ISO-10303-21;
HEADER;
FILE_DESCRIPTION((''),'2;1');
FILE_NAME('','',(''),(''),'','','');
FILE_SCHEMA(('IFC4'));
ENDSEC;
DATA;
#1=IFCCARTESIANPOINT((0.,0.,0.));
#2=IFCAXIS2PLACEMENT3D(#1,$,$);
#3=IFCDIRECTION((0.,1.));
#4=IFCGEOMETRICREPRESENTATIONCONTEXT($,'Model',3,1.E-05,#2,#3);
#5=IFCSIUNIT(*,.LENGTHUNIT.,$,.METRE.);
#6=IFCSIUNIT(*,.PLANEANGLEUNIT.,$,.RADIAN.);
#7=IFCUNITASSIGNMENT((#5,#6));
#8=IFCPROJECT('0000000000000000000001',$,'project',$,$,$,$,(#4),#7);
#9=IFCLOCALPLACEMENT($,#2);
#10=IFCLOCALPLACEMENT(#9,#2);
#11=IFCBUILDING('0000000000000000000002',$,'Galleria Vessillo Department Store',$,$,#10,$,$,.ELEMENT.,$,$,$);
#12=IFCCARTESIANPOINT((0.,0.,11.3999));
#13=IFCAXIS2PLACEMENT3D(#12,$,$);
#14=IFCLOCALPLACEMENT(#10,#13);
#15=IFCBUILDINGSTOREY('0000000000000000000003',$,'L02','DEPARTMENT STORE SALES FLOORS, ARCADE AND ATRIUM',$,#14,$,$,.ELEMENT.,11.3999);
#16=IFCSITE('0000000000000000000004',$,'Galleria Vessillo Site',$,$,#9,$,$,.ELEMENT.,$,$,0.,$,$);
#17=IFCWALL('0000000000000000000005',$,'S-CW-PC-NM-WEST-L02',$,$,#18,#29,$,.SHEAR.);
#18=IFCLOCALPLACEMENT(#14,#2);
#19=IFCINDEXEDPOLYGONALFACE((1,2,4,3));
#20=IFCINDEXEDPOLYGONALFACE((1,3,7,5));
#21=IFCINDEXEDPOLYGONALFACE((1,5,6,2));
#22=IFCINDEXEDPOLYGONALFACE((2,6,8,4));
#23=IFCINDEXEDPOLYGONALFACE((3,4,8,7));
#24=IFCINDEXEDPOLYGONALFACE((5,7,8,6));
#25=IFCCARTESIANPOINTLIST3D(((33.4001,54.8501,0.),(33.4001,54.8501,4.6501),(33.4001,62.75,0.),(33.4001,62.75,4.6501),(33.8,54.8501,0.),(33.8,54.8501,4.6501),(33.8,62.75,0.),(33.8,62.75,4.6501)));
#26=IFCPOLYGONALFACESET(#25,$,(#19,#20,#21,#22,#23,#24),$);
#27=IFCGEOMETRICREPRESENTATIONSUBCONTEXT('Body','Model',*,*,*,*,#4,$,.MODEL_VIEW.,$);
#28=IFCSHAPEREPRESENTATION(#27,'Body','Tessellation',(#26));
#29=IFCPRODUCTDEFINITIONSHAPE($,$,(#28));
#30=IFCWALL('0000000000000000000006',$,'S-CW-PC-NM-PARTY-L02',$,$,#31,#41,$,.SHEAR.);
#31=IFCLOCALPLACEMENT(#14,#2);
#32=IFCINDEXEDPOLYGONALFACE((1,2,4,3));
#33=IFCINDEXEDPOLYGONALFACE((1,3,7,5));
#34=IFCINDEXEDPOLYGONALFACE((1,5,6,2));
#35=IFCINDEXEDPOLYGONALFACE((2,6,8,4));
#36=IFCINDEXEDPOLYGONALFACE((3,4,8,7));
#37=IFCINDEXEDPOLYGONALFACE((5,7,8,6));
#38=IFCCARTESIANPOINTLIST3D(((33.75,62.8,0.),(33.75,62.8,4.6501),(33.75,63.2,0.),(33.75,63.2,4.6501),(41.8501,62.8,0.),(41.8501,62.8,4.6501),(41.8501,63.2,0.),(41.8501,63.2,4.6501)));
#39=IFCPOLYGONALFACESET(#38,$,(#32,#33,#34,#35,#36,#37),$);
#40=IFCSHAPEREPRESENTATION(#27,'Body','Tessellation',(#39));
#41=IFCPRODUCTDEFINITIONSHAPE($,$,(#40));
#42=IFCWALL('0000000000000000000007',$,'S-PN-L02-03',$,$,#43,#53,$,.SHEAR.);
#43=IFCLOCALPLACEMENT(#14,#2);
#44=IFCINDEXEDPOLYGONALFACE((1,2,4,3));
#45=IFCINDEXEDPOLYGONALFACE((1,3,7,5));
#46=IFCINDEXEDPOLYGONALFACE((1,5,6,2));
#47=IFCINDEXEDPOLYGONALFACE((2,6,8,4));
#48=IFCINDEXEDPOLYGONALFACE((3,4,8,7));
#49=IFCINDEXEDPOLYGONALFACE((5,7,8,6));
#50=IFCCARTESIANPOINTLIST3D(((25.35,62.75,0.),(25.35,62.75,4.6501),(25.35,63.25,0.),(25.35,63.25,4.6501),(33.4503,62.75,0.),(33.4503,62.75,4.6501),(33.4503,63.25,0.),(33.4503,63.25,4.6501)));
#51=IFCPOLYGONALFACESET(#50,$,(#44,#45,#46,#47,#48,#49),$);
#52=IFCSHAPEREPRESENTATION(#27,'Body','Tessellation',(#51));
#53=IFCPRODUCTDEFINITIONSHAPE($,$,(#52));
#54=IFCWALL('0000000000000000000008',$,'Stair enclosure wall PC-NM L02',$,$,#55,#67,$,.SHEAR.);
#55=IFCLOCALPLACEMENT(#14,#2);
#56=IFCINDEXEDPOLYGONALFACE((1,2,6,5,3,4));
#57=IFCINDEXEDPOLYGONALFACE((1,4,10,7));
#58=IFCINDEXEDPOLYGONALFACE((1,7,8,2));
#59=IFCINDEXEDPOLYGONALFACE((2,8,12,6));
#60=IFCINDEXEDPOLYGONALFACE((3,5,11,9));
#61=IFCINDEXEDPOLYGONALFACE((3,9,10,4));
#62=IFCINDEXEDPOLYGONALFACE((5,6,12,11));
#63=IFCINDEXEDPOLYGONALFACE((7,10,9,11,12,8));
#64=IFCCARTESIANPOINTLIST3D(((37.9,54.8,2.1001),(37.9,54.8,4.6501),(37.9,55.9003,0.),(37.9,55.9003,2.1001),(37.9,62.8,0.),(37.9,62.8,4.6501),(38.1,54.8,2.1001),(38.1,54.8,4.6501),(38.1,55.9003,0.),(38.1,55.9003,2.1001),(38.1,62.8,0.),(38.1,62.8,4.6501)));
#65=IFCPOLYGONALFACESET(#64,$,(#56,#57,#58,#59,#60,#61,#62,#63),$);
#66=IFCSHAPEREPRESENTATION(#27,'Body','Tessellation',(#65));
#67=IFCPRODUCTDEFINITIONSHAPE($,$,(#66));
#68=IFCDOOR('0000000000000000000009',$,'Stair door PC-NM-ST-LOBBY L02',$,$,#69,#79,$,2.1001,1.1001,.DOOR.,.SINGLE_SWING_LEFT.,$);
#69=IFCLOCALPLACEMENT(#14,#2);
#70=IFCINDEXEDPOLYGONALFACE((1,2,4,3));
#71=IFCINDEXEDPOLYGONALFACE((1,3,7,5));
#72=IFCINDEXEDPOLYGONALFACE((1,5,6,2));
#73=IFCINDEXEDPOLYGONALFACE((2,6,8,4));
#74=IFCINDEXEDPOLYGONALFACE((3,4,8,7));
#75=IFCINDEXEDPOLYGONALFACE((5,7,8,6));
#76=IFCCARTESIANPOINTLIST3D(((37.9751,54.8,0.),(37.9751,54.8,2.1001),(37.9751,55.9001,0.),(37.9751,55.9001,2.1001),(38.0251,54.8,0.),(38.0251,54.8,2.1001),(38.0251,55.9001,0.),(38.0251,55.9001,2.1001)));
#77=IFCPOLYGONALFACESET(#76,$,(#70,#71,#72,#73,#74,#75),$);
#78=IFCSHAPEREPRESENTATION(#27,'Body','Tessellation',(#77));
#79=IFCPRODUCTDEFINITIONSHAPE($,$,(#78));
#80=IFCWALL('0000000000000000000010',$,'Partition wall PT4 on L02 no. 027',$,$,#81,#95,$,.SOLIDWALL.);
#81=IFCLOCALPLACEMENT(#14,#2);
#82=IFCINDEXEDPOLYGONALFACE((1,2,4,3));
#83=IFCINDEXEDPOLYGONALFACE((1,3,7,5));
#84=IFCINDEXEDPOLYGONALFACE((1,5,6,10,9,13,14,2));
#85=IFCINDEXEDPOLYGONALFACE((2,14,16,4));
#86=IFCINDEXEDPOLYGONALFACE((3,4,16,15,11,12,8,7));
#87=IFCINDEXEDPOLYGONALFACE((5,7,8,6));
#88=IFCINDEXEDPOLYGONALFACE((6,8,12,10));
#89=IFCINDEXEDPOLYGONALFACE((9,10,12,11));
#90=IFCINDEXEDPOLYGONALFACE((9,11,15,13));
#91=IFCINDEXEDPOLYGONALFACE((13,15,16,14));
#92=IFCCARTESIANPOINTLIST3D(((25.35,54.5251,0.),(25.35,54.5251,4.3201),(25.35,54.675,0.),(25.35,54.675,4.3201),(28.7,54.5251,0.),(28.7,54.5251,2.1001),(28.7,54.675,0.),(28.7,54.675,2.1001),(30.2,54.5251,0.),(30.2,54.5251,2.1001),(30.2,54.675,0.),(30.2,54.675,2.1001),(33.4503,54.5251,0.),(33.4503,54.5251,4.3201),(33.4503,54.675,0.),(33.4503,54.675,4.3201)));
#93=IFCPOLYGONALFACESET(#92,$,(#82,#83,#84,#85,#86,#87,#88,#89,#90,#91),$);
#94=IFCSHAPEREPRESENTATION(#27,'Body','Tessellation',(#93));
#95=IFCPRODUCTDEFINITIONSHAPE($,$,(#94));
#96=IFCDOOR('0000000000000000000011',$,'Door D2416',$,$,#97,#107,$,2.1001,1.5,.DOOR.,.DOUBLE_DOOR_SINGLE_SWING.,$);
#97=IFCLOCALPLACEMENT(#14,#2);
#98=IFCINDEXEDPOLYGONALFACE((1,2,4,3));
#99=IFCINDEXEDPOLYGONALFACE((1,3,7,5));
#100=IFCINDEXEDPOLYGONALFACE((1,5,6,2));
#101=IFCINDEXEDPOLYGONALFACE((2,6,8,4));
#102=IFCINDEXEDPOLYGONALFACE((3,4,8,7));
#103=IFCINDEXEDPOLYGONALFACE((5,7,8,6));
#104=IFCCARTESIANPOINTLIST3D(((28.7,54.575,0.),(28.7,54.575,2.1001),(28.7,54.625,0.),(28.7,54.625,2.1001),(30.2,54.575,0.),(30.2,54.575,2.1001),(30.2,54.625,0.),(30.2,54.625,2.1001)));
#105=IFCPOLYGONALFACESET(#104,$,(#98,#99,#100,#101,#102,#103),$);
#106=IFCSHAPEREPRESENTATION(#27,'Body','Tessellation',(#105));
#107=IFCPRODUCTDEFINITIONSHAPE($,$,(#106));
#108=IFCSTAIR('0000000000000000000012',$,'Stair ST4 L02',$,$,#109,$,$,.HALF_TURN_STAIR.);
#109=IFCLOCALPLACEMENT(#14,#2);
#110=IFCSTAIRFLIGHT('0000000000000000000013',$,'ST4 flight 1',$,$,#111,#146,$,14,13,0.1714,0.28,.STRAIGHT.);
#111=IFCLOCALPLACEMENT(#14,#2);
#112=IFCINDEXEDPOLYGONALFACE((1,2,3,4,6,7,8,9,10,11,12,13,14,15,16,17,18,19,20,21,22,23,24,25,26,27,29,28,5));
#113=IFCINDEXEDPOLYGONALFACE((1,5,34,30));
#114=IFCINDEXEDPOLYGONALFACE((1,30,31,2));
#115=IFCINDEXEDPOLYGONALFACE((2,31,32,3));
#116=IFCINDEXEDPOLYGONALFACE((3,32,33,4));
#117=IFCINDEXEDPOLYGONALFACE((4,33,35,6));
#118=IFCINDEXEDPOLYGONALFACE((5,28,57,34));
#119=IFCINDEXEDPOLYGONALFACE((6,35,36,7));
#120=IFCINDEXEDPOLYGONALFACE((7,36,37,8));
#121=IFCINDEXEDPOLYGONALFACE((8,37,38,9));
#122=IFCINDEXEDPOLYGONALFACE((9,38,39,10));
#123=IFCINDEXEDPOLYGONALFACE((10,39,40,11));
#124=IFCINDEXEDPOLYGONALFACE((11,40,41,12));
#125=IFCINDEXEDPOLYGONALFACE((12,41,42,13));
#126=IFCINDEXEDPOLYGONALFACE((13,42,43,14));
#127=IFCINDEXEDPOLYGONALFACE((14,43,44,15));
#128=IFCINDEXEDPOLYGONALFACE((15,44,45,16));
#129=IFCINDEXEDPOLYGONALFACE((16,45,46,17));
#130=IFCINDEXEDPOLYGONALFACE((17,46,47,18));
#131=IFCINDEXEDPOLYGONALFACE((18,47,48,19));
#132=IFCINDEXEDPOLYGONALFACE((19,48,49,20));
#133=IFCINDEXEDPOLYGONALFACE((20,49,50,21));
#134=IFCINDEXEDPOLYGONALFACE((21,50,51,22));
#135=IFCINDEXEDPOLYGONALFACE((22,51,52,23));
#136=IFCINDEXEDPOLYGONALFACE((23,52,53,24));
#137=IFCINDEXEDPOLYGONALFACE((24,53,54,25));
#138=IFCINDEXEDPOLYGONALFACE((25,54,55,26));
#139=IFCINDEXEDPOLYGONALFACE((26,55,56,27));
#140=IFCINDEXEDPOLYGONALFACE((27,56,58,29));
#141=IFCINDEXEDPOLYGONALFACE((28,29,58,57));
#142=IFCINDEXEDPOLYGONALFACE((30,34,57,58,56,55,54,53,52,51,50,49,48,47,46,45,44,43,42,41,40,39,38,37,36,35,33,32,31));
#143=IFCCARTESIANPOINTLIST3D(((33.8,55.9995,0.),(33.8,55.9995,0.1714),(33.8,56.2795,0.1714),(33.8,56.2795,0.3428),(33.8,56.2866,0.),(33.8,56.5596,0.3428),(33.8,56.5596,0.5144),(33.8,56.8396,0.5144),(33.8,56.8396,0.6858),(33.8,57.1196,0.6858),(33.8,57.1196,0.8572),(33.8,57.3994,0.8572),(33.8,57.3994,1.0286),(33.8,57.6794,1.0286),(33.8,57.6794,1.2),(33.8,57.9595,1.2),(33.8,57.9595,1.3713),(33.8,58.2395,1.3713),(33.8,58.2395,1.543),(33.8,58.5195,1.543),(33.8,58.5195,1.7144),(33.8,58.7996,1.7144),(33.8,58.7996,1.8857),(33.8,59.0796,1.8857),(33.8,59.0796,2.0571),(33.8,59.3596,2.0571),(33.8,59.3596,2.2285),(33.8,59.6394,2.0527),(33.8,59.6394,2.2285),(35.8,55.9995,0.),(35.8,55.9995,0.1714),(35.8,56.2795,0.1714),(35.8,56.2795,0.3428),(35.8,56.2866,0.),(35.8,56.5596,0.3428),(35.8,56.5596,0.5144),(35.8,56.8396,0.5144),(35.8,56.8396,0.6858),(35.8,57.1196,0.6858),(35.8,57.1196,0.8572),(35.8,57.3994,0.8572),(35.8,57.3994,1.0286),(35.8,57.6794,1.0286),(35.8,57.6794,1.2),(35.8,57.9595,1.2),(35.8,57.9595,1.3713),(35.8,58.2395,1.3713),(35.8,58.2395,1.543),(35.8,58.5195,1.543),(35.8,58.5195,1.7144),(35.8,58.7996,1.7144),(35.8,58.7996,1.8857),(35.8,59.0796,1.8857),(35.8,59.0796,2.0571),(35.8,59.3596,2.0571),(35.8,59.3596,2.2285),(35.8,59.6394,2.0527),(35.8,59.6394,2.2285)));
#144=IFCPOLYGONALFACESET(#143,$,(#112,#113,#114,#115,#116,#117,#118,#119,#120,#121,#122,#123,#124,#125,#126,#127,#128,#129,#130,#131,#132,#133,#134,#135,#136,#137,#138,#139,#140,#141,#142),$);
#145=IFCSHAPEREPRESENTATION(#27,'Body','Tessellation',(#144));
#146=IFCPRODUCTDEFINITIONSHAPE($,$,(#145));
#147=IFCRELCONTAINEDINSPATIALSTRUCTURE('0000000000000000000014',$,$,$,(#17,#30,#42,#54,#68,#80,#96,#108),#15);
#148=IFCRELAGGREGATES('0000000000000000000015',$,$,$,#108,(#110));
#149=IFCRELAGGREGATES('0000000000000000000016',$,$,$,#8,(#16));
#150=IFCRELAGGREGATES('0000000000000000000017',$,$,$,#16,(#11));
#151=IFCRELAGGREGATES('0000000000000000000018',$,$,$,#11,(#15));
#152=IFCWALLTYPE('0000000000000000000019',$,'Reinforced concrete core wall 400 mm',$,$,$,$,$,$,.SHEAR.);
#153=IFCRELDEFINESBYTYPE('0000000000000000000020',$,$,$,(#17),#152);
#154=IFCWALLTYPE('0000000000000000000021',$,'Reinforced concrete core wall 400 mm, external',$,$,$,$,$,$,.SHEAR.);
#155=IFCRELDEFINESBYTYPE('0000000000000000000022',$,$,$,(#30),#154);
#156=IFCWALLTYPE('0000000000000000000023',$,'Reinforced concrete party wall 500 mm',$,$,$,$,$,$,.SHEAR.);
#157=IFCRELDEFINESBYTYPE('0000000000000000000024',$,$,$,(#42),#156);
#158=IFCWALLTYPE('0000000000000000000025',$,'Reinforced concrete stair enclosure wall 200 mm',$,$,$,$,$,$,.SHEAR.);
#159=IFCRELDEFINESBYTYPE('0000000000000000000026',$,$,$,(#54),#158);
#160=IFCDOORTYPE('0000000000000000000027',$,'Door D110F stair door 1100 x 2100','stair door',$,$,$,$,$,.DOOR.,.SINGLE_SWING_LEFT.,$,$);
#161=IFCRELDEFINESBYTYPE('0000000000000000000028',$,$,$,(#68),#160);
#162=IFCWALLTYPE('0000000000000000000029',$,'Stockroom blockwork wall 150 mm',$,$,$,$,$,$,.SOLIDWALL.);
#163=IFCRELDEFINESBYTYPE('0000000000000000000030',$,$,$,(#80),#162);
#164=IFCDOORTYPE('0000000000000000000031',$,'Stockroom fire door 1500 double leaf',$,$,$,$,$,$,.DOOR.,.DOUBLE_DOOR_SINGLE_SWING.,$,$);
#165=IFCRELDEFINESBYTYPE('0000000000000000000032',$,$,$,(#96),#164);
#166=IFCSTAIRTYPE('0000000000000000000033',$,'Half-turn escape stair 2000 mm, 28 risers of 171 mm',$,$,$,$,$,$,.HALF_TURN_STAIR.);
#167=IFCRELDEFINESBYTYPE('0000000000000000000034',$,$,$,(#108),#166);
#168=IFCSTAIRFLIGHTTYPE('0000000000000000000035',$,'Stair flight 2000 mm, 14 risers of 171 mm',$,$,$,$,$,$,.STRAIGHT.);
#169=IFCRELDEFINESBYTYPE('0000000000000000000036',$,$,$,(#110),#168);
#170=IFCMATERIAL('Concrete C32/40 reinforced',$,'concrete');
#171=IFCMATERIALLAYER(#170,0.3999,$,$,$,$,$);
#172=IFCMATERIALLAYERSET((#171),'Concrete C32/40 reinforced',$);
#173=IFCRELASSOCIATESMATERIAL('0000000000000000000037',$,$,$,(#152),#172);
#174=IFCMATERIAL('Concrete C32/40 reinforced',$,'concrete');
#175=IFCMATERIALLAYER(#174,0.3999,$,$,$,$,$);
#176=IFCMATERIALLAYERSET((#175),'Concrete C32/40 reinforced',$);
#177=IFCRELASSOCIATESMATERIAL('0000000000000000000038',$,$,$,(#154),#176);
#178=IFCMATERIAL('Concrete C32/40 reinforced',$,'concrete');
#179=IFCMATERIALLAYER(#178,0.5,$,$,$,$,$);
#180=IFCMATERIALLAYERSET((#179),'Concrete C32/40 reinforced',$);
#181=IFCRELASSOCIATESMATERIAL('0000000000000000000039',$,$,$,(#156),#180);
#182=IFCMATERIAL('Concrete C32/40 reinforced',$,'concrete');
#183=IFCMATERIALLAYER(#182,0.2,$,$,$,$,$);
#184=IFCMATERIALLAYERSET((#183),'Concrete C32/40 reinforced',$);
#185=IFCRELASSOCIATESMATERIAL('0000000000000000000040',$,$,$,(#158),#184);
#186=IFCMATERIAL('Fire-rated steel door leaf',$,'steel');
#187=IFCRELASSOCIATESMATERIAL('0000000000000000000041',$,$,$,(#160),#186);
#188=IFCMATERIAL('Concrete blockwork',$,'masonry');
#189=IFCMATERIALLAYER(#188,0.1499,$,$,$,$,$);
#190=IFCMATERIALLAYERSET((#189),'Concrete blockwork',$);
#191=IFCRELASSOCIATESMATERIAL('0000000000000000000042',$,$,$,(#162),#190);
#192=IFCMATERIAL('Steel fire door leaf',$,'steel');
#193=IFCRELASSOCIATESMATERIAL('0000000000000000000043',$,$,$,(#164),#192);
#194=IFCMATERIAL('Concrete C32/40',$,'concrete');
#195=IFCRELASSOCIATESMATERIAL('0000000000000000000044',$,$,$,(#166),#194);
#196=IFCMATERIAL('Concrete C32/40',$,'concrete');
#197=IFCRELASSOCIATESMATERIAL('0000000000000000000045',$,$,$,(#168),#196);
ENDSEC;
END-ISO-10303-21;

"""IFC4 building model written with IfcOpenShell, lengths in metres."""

from ifc_helpers import new_model, si_unit, direction, frame, frame_2d, origin, place, context, subcontext, project, spatial, polyline, rectangle, outline, extrude, material, layer, layer_set, type_object, element, fill, aggregate, save


model = new_model("IFC4")

# Units and contexts
model_context = context("Model", 3, precision=1e-05, world=origin(), true_north=direction((0.0, 1.0)))
body_context = subcontext(model_context, "Body", "Model", "MODEL_VIEW")
ifc_project = project(units=[si_unit("LENGTHUNIT", "METRE"), si_unit("PLANEANGLEUNIT", "RADIAN")], contexts=[model_context])

# Site, building, storey
site_placement = place(None, origin())
site = spatial("IfcSite", under=ifc_project, at=site_placement, Name="Galleria Vessillo Site", CompositionType="ELEMENT", RefElevation=0.0)
building_placement = place(site_placement, origin())
building = spatial("IfcBuilding", under=site, at=building_placement, Name="Galleria Vessillo Department Store", CompositionType="ELEMENT")
storey_placement = place(building_placement, frame((0.0, 0.0, 11.3999)))
storey = spatial("IfcBuildingStorey", under=building, at=storey_placement, Name="L02", Description="DEPARTMENT STORE SALES FLOORS, ARCADE AND ATRIUM", CompositionType="ELEMENT", Elevation=11.3999)

# Shared definitions
ifc_material_1 = material(Name="Concrete C32/40 reinforced", Category="concrete")
ifc_layer_1 = layer(ifc_material_1, 0.3999)
ifc_layer_set_1 = layer_set([ifc_layer_1], Name="Concrete C32/40 reinforced")
wall_type_1 = type_object("IfcWallType", Name="Reinforced concrete core wall 400 mm", PredefinedType="SHEAR", material=ifc_layer_set_1)

# Walls
wall_1_placement = place(storey_placement, frame((33.6001, 54.8501, 0.0), z_axis=(0.0, 0.0, 1.0), x_axis=(0.0, 1.0, 0.0)))
element("IfcWall", 1, at=wall_1_placement, inside=storey, type_object=wall_type_1, Name="S-CW-PC-NM-WEST-L02", PredefinedType="SHEAR", context=body_context, shape_type="SweptSolid", body=[
    extrude(rectangle(XDim=7.8999, YDim=0.3999, at=frame_2d((3.95, 0.0))), origin(), (0.0, 0.0, 1.0), 4.6501),
])
ifc_material_2 = material(Name="Concrete C32/40 reinforced", Category="concrete")
ifc_layer_2 = layer(ifc_material_2, 0.3999)
ifc_layer_set_2 = layer_set([ifc_layer_2], Name="Concrete C32/40 reinforced")
wall_type_2 = type_object("IfcWallType", Name="Reinforced concrete core wall 400 mm, external", PredefinedType="SHEAR", material=ifc_layer_set_2)
wall_2_placement = place(storey_placement, frame((33.75, 63.0, 0.0), z_axis=(0.0, 0.0, 1.0), x_axis=(1.0, 0.0, 0.0)))
element("IfcWall", 2, at=wall_2_placement, inside=storey, type_object=wall_type_2, Name="S-CW-PC-NM-PARTY-L02", PredefinedType="SHEAR", context=body_context, shape_type="SweptSolid", body=[
    extrude(rectangle(XDim=8.1001, YDim=0.3999, at=frame_2d((4.05, 0.0))), origin(), (0.0, 0.0, 1.0), 4.6501),
])
ifc_material_3 = material(Name="Concrete C32/40 reinforced", Category="concrete")
ifc_layer_3 = layer(ifc_material_3, 0.5)
ifc_layer_set_3 = layer_set([ifc_layer_3], Name="Concrete C32/40 reinforced")
wall_type_3 = type_object("IfcWallType", Name="Reinforced concrete party wall 500 mm", PredefinedType="SHEAR", material=ifc_layer_set_3)
wall_3_placement = place(storey_placement, frame((25.3499, 63.0, 0.0), z_axis=(0.0, 0.0, 1.0), x_axis=(1.0, 0.0, 0.0)))
element("IfcWall", 3, at=wall_3_placement, inside=storey, type_object=wall_type_3, Name="S-PN-L02-03", PredefinedType="SHEAR", context=body_context, shape_type="SweptSolid", body=[
    extrude(rectangle(XDim=8.1003, YDim=0.5, at=frame_2d((4.0503, 0.0))), origin(), (0.0, 0.0, 1.0), 4.6501),
])

# Walls, openings, doors
ifc_material_4 = material(Name="Concrete C32/40 reinforced", Category="concrete")
ifc_layer_4 = layer(ifc_material_4, 0.2)
ifc_layer_set_4 = layer_set([ifc_layer_4], Name="Concrete C32/40 reinforced")
wall_type_4 = type_object("IfcWallType", Name="Reinforced concrete stair enclosure wall 200 mm", PredefinedType="SHEAR", material=ifc_layer_set_4)
wall_4_placement = place(storey_placement, frame((38.0, 62.8, 0.0), z_axis=(0.0, 0.0, 1.0), x_axis=(0.0, -1.0, 0.0)))
wall_4 = element("IfcWall", 4, at=wall_4_placement, inside=storey, type_object=wall_type_4, Name="Stair enclosure wall PC-NM L02", PredefinedType="SHEAR", context=body_context, shape_type="SweptSolid", body=[
    extrude(rectangle(XDim=8.0, YDim=0.2, at=frame_2d((4.0, 0.0))), origin(), (0.0, 0.0, 1.0), 4.6501),
])
opening_1_placement = place(wall_4_placement, frame((6.8999, 0.0, 0.0)))
opening_1 = element("IfcOpeningElement", 5, at=opening_1_placement, cuts=wall_4, PredefinedType="OPENING", context=body_context, shape_type="SweptSolid", body=[
    extrude(rectangle(XDim=1.1101, YDim=2.1001, at=frame_2d((0.5549, 1.05))), frame((0.0, 0.1099, 0.0), z_axis=(0.0, -1.0, 0.0), x_axis=(1.0, 0.0, 0.0)), (0.0, 0.0, 1.0), 0.22),
])
ifc_material_5 = material(Name="Fire-rated steel door leaf", Category="steel")
door_type_1 = type_object("IfcDoorType", Name="Door D110F stair door 1100 x 2100", Description="stair door", OperationType="SINGLE_SWING_LEFT", PredefinedType="DOOR", material=ifc_material_5)
door_1_placement = place(opening_1_placement, frame((1.1001, 0.0, 0.0), z_axis=(0.0, 0.0, 1.0), x_axis=(-1.0, 0.0, 0.0)))
door_1 = element("IfcDoor", 6, at=door_1_placement, inside=storey, type_object=door_type_1, Name="Stair door PC-NM-ST-LOBBY L02", OperationType="SINGLE_SWING_LEFT", OverallHeight=2.1001, OverallWidth=1.1001, PredefinedType="DOOR", context=body_context, shape_type="SweptSolid", body=[
    extrude(rectangle(XDim=1.1001, YDim=2.1001, at=frame_2d((0.55, 1.05))), frame((0.0, 0.0249, 0.0), z_axis=(0.0, -1.0, 0.0), x_axis=(1.0, 0.0, 0.0)), (0.0, 0.0, 1.0), 0.05),
])
fill(opening_1, door_1)
ifc_material_6 = material(Name="Concrete blockwork", Category="masonry")
ifc_layer_5 = layer(ifc_material_6, 0.1499)
ifc_layer_set_5 = layer_set([ifc_layer_5], Name="Concrete blockwork")
wall_type_5 = type_object("IfcWallType", Name="Stockroom blockwork wall 150 mm", PredefinedType="SOLIDWALL", material=ifc_layer_set_5)
wall_5_placement = place(storey_placement, frame((25.3499, 54.6001, 0.0), z_axis=(0.0, 0.0, 1.0), x_axis=(1.0, 0.0, 0.0)))
wall_5 = element("IfcWall", 7, at=wall_5_placement, inside=storey, type_object=wall_type_5, Name="Partition wall PT4 on L02 no. 027", PredefinedType="SOLIDWALL", context=body_context, shape_type="SweptSolid", body=[
    extrude(rectangle(XDim=8.1003, YDim=0.1499, at=frame_2d((4.0503, 0.0))), origin(), (0.0, 0.0, 1.0), 4.3201),
])
opening_2_placement = place(wall_5_placement, frame((3.3501, 0.0, 0.0)))
opening_2 = element("IfcOpeningElement", 8, at=opening_2_placement, cuts=wall_5, PredefinedType="OPENING", context=body_context, shape_type="SweptSolid", body=[
    extrude(rectangle(XDim=1.5, YDim=2.1001, at=frame_2d((0.75, 1.05))), frame((0.0, 0.085, 0.0), z_axis=(0.0, -1.0, 0.0), x_axis=(1.0, 0.0, 0.0)), (0.0, 0.0, 1.0), 0.1699),
])
ifc_material_7 = material(Name="Steel fire door leaf", Category="steel")
door_type_2 = type_object("IfcDoorType", Name="Stockroom fire door 1500 double leaf", OperationType="DOUBLE_DOOR_SINGLE_SWING", PredefinedType="DOOR", material=ifc_material_7)
door_2_placement = place(opening_2_placement, origin())
door_2 = element("IfcDoor", 9, at=door_2_placement, inside=storey, type_object=door_type_2, Name="Door D2416", OperationType="DOUBLE_DOOR_SINGLE_SWING", OverallHeight=2.1001, OverallWidth=1.5, PredefinedType="DOOR", context=body_context, shape_type="SweptSolid", body=[
    extrude(rectangle(XDim=1.5, YDim=2.1001, at=frame_2d((0.75, 1.05))), frame((0.0, 0.0249, 0.0), z_axis=(0.0, -1.0, 0.0), x_axis=(1.0, 0.0, 0.0)), (0.0, 0.0, 1.0), 0.05),
])
fill(opening_2, door_2)

# Stair, stair flight
ifc_material_8 = material(Name="Concrete C32/40", Category="concrete")
stair_type = type_object("IfcStairType", Name="Half-turn escape stair 2000 mm, 28 risers of 171 mm", PredefinedType="HALF_TURN_STAIR", material=ifc_material_8)
stair_placement = place(storey_placement, origin())
stair = element("IfcStair", 10, at=stair_placement, inside=storey, type_object=stair_type, Name="Stair ST4 L02", PredefinedType="HALF_TURN_STAIR")
ifc_material_9 = material(Name="Concrete C32/40", Category="concrete")
stair_flight_type = type_object("IfcStairFlightType", Name="Stair flight 2000 mm, 14 risers of 171 mm", PredefinedType="STRAIGHT", material=ifc_material_9)
stair_flight_1_placement = place(storey_placement, frame((34.8, 55.9995, 0.0), z_axis=(0.0, 0.0, 1.0), x_axis=(0.0, 1.0, 0.0)))
stair_flight_1 = element("IfcStairFlight", 11, at=stair_flight_1_placement, type_object=stair_flight_type, Name="ST4 flight 1", NumberOfRisers=14, NumberOfTreads=13, PredefinedType="STRAIGHT", RiserHeight=0.1714, TreadLength=0.28, context=body_context, shape_type="SweptSolid", body=[
    extrude(outline(polyline([(0.0, 0.0), (0.0, 0.1714), (0.28, 0.1714), (0.28, 0.3428), (0.5601, 0.3428), (0.5601, 0.5144), (0.8401, 0.5144), (0.8401, 0.6858), (1.1201, 0.6858), (1.1201, 0.8572), (1.3999, 0.8572), (1.3999, 1.0286), (1.6799, 1.0286), (1.6799, 1.2), (1.96, 1.2), (1.96, 1.3713), (2.24, 1.3713), (2.24, 1.543), (2.52, 1.543), (2.52, 1.7144), (2.8, 1.7144), (2.8, 1.8857), (3.0801, 1.8857), (3.0801, 2.0571), (3.3601, 2.0571), (3.3601, 2.2285), (3.6399, 2.2285), (3.6399, 2.3999), (3.6399, 2.0527), (0.2871, 0.0), (0.0, 0.0)])), frame((0.0, 1.0, 0.0), z_axis=(0.0, -1.0, 0.0), x_axis=(1.0, 0.0, 0.0)), (0.0, 0.0, 1.0), 2.0),
])
aggregate(stair, [stair_flight_1])

save(model, "model.ifc")
